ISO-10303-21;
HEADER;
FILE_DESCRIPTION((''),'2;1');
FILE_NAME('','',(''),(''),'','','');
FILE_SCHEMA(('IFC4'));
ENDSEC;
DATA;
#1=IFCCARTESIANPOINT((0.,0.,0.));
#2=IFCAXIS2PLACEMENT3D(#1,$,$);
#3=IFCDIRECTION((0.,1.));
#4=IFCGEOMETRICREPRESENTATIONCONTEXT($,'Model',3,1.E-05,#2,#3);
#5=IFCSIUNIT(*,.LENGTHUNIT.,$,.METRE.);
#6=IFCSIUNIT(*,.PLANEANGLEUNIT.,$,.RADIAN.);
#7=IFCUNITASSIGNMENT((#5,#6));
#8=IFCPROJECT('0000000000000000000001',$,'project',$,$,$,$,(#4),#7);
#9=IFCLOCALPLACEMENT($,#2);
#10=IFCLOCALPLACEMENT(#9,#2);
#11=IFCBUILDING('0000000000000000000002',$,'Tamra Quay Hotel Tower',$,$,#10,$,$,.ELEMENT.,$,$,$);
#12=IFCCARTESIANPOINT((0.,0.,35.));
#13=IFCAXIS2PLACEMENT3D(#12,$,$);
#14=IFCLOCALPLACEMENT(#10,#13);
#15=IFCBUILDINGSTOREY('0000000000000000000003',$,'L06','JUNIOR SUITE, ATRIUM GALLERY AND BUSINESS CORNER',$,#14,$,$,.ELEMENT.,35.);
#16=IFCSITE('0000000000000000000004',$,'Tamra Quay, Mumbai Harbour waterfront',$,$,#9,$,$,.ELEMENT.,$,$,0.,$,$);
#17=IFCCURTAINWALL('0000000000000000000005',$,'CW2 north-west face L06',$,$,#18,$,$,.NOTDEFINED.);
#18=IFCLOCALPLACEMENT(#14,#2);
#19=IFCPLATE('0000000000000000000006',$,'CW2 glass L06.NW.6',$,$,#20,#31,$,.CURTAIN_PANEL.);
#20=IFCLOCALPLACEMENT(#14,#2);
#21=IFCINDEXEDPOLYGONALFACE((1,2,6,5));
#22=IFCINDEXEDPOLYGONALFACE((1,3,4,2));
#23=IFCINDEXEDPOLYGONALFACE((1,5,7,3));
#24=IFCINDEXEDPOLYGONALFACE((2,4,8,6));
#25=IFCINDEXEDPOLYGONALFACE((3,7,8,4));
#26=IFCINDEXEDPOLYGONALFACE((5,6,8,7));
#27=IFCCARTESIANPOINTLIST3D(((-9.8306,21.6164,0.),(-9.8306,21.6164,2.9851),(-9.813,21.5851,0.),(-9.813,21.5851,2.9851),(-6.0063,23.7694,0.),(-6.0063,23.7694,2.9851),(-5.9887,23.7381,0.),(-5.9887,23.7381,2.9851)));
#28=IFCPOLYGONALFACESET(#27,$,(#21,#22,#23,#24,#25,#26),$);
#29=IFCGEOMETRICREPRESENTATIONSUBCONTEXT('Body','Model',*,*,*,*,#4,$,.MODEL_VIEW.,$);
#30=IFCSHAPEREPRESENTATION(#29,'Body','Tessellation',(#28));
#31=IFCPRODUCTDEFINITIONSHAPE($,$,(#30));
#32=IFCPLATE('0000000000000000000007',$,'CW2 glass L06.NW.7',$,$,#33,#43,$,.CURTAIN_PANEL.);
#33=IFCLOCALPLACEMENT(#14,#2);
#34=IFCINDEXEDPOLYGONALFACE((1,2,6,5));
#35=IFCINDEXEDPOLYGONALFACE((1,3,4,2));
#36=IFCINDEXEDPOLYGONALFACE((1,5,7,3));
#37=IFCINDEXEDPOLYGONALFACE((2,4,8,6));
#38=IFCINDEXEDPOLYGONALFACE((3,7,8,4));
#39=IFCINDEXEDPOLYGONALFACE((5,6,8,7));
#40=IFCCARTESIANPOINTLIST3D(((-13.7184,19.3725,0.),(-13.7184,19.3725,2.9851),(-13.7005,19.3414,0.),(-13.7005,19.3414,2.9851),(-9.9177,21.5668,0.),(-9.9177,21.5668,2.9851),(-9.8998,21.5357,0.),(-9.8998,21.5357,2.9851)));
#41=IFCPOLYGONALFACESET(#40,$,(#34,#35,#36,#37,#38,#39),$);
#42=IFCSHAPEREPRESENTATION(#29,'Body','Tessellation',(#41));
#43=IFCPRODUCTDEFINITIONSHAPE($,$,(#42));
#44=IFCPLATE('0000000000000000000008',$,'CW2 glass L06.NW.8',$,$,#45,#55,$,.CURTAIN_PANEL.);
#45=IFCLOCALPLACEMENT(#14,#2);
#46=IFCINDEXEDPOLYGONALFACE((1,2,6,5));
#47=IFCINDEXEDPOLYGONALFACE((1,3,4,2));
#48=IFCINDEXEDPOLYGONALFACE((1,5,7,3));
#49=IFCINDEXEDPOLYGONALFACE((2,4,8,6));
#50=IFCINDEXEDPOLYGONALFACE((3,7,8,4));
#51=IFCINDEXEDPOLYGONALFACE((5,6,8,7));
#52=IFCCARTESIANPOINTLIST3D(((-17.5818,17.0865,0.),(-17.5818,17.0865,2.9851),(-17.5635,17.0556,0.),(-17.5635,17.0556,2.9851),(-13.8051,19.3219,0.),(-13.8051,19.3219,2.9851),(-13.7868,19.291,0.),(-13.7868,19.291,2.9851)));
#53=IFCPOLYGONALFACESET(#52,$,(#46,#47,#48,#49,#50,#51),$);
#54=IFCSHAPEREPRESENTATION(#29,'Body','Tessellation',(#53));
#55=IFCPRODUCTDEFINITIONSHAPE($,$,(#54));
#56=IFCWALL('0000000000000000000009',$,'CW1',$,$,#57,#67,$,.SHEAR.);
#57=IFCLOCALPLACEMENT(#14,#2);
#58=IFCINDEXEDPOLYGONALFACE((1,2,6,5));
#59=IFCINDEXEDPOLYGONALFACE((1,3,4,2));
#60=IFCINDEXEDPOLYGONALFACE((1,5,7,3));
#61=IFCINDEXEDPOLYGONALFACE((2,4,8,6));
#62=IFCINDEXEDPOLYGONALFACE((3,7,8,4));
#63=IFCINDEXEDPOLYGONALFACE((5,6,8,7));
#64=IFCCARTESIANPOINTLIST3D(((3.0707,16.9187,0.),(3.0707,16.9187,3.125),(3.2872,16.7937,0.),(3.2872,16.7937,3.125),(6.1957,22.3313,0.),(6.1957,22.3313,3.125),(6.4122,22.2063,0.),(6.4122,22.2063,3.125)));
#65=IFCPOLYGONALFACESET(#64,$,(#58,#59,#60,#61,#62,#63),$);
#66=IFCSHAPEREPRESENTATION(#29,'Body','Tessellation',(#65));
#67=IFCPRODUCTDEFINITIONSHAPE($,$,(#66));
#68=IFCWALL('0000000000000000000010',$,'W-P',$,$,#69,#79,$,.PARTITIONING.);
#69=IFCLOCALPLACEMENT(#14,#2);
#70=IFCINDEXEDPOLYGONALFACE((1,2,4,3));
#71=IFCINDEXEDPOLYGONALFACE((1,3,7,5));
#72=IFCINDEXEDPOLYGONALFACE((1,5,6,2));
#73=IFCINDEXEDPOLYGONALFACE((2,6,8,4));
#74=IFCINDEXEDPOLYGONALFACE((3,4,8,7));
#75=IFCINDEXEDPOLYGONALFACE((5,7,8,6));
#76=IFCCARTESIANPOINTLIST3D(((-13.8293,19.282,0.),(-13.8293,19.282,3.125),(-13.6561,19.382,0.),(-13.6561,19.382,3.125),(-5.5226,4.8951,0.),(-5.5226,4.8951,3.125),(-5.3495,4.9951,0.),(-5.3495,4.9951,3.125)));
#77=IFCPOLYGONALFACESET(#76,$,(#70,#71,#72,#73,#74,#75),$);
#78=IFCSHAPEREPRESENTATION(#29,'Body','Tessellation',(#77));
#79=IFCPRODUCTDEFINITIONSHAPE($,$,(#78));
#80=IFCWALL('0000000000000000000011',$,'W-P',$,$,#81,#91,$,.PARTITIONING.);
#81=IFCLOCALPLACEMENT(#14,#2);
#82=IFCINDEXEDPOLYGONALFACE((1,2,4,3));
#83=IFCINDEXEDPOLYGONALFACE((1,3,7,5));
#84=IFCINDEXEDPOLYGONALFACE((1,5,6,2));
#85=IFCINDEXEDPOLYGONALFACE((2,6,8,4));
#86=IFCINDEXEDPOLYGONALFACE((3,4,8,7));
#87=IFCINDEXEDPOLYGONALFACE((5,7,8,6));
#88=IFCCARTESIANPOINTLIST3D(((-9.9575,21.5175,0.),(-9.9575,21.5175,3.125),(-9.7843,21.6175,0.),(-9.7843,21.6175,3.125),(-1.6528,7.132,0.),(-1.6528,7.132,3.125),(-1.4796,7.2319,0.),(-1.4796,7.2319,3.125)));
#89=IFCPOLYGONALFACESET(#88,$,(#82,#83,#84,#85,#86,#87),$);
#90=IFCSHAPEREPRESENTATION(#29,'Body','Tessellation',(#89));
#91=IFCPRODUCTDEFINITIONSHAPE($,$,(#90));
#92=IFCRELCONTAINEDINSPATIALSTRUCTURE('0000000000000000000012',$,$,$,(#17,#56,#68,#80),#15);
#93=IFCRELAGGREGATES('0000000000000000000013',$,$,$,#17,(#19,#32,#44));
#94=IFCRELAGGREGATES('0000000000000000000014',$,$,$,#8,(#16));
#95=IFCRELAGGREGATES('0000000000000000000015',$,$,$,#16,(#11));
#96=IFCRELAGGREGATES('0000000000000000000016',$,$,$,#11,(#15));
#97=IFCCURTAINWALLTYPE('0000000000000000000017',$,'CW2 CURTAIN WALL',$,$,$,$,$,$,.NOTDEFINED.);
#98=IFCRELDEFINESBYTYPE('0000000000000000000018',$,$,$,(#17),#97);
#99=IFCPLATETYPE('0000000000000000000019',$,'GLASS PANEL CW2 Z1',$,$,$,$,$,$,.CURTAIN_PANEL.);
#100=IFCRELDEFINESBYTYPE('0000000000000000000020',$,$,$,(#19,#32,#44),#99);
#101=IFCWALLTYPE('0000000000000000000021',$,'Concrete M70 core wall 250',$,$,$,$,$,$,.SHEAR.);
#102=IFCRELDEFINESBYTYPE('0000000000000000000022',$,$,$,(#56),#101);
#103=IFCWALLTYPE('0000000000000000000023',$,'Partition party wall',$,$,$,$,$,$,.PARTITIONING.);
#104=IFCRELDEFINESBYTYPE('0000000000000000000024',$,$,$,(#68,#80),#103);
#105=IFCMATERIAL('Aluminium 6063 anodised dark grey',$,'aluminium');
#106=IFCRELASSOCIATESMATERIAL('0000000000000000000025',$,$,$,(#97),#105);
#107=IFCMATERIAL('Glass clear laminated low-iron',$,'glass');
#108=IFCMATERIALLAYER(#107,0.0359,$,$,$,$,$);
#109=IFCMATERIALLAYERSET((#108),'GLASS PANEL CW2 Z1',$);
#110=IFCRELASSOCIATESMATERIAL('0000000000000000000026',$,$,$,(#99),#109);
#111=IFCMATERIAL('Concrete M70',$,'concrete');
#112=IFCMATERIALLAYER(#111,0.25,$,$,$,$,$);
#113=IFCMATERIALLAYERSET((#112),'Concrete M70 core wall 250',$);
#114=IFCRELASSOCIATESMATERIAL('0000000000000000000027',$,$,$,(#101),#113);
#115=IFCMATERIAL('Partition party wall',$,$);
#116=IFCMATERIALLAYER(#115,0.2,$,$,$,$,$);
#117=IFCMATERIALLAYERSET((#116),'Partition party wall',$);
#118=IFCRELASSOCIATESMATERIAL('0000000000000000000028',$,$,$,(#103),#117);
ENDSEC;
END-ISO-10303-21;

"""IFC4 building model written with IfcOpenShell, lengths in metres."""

from ifc_helpers import new_model, si_unit, direction, frame, frame_2d, origin, origin_2d, place, context, subcontext, project, spatial, rectangle, extrude, material, layer, layer_set, type_object, element, aggregate, save


model = new_model("IFC4")

# Units and contexts
model_context = context("Model", 3, precision=1e-05, world=origin(), true_north=direction((0.0, 1.0)))
body_context = subcontext(model_context, "Body", "Model", "MODEL_VIEW")
ifc_project = project(units=[si_unit("LENGTHUNIT", "METRE"), si_unit("PLANEANGLEUNIT", "RADIAN")], contexts=[model_context])

# Site, building, storey
site_placement = place(None, origin())
site = spatial("IfcSite", under=ifc_project, at=site_placement, Name="Tamra Quay, Mumbai Harbour waterfront", CompositionType="ELEMENT", RefElevation=0.0)
building_placement = place(site_placement, origin())
building = spatial("IfcBuilding", under=site, at=building_placement, Name="Tamra Quay Hotel Tower", CompositionType="ELEMENT")
storey_placement = place(building_placement, frame((0.0, 0.0, 35.0)))
storey = spatial("IfcBuildingStorey", under=building, at=storey_placement, Name="L06", Description="JUNIOR SUITE, ATRIUM GALLERY AND BUSINESS CORNER", CompositionType="ELEMENT", Elevation=35.0)

# Shared definitions
ifc_material_1 = material(Name="Concrete M70", Category="concrete")

# Curtain wall, plates
ifc_material_2 = material(Name="Aluminium 6063 anodised dark grey", Category="aluminium")
curtain_wall_type = type_object("IfcCurtainWallType", Name="CW2 CURTAIN WALL", PredefinedType="NOTDEFINED", material=ifc_material_2)
curtain_wall_placement = place(storey_placement, origin())
curtain_wall = element("IfcCurtainWall", 1, at=curtain_wall_placement, inside=storey, type_object=curtain_wall_type, Name="CW2 north-west face L06", PredefinedType="NOTDEFINED")
ifc_material_3 = material(Name="Glass clear laminated low-iron", Category="glass")
ifc_layer_1 = layer(ifc_material_3, 0.0359)
ifc_layer_set_1 = layer_set([ifc_layer_1], Name="GLASS PANEL CW2 Z1")
plate_type = type_object("IfcPlateType", Name="GLASS PANEL CW2 Z1", PredefinedType="CURTAIN_PANEL", material=ifc_layer_set_1)
plate_1_placement = place(storey_placement, frame((-7.9097, 22.6772, 0.0), z_axis=(0.0, 0.0, 1.0), x_axis=(-0.871393, -0.490586, 0.0)))
plate_1 = element("IfcPlate", 2, at=plate_1_placement, type_object=plate_type, Name="CW2 glass L06.NW.6", PredefinedType="CURTAIN_PANEL", context=body_context, shape_type="SweptSolid", body=[
    extrude(rectangle(XDim=4.3887, YDim=0.0359, at=origin_2d()), origin(), (0.0, 0.0, 1.0), 2.9851),
])
plate_2_placement = place(storey_placement, frame((-11.8091, 20.4541, 0.0), z_axis=(0.0, 0.0, 1.0), x_axis=(-0.866025, -0.5, 0.0)))
plate_2 = element("IfcPlate", 3, at=plate_2_placement, type_object=plate_type, Name="CW2 glass L06.NW.7", PredefinedType="CURTAIN_PANEL", context=body_context, shape_type="SweptSolid", body=[
    extrude(rectangle(XDim=4.3887, YDim=0.0359, at=origin_2d()), origin(), (0.0, 0.0, 1.0), 2.9851),
])
plate_3_placement = place(storey_placement, frame((-15.6843, 18.1887, 0.0), z_axis=(0.0, 0.0, 1.0), x_axis=(-0.860556, -0.509355, 0.0)))
plate_3 = element("IfcPlate", 4, at=plate_3_placement, type_object=plate_type, Name="CW2 glass L06.NW.8", PredefinedType="CURTAIN_PANEL", context=body_context, shape_type="SweptSolid", body=[
    extrude(rectangle(XDim=4.3887, YDim=0.0359, at=origin_2d()), origin(), (0.0, 0.0, 1.0), 2.9851),
])
aggregate(curtain_wall, [plate_1, plate_2, plate_3])

# Walls
ifc_layer_2 = layer(ifc_material_1, 0.25)
ifc_layer_set_2 = layer_set([ifc_layer_2], Name="Concrete M70 core wall 250")
wall_type_1 = type_object("IfcWallType", Name="Concrete M70 core wall 250", PredefinedType="SHEAR", material=ifc_layer_set_2)
wall_1_placement = place(storey_placement, frame((3.179, 16.8562, 0.0), z_axis=(0.0, 0.0, 1.0), x_axis=(0.500004, 0.866023, 0.0)))
element("IfcWall", 5, at=wall_1_placement, inside=storey, type_object=wall_type_1, Name="CW1", PredefinedType="SHEAR", context=body_context, shape_type="SweptSolid", body=[
    extrude(rectangle(XDim=6.25, YDim=0.25, at=frame_2d((3.125, 0.0))), origin(), (0.0, 0.0, 1.0), 3.125),
])
ifc_material_4 = material(Name="Partition party wall")
ifc_layer_3 = layer(ifc_material_4, 0.2)
ifc_layer_set_3 = layer_set([ifc_layer_3], Name="Partition party wall")
wall_type_2 = type_object("IfcWallType", Name="Partition party wall", PredefinedType="PARTITIONING", material=ifc_layer_set_3)
wall_2_placement = place(storey_placement, frame((-13.7427, 19.332, 0.0), z_axis=(0.0, 0.0, 1.0), x_axis=(0.500015, -0.866017, 0.0)))
element("IfcWall", 6, at=wall_2_placement, inside=storey, type_object=wall_type_2, Name="W-P", PredefinedType="PARTITIONING", context=body_context, shape_type="SweptSolid", body=[
    extrude(rectangle(XDim=16.6128, YDim=0.2, at=frame_2d((8.3064, 0.0))), origin(), (0.0, 0.0, 1.0), 3.125),
])
wall_3_placement = place(storey_placement, frame((-9.8708, 21.5674, 0.0), z_axis=(0.0, 0.0, 1.0), x_axis=(0.499965, -0.866046, 0.0)))
element("IfcWall", 7, at=wall_3_placement, inside=storey, type_object=wall_type_2, Name="W-P", PredefinedType="PARTITIONING", context=body_context, shape_type="SweptSolid", body=[
    extrude(rectangle(XDim=16.6106, YDim=0.2, at=frame_2d((8.3052, 0.0))), origin(), (0.0, 0.0, 1.0), 3.125),
])

save(model, "model.ifc")
